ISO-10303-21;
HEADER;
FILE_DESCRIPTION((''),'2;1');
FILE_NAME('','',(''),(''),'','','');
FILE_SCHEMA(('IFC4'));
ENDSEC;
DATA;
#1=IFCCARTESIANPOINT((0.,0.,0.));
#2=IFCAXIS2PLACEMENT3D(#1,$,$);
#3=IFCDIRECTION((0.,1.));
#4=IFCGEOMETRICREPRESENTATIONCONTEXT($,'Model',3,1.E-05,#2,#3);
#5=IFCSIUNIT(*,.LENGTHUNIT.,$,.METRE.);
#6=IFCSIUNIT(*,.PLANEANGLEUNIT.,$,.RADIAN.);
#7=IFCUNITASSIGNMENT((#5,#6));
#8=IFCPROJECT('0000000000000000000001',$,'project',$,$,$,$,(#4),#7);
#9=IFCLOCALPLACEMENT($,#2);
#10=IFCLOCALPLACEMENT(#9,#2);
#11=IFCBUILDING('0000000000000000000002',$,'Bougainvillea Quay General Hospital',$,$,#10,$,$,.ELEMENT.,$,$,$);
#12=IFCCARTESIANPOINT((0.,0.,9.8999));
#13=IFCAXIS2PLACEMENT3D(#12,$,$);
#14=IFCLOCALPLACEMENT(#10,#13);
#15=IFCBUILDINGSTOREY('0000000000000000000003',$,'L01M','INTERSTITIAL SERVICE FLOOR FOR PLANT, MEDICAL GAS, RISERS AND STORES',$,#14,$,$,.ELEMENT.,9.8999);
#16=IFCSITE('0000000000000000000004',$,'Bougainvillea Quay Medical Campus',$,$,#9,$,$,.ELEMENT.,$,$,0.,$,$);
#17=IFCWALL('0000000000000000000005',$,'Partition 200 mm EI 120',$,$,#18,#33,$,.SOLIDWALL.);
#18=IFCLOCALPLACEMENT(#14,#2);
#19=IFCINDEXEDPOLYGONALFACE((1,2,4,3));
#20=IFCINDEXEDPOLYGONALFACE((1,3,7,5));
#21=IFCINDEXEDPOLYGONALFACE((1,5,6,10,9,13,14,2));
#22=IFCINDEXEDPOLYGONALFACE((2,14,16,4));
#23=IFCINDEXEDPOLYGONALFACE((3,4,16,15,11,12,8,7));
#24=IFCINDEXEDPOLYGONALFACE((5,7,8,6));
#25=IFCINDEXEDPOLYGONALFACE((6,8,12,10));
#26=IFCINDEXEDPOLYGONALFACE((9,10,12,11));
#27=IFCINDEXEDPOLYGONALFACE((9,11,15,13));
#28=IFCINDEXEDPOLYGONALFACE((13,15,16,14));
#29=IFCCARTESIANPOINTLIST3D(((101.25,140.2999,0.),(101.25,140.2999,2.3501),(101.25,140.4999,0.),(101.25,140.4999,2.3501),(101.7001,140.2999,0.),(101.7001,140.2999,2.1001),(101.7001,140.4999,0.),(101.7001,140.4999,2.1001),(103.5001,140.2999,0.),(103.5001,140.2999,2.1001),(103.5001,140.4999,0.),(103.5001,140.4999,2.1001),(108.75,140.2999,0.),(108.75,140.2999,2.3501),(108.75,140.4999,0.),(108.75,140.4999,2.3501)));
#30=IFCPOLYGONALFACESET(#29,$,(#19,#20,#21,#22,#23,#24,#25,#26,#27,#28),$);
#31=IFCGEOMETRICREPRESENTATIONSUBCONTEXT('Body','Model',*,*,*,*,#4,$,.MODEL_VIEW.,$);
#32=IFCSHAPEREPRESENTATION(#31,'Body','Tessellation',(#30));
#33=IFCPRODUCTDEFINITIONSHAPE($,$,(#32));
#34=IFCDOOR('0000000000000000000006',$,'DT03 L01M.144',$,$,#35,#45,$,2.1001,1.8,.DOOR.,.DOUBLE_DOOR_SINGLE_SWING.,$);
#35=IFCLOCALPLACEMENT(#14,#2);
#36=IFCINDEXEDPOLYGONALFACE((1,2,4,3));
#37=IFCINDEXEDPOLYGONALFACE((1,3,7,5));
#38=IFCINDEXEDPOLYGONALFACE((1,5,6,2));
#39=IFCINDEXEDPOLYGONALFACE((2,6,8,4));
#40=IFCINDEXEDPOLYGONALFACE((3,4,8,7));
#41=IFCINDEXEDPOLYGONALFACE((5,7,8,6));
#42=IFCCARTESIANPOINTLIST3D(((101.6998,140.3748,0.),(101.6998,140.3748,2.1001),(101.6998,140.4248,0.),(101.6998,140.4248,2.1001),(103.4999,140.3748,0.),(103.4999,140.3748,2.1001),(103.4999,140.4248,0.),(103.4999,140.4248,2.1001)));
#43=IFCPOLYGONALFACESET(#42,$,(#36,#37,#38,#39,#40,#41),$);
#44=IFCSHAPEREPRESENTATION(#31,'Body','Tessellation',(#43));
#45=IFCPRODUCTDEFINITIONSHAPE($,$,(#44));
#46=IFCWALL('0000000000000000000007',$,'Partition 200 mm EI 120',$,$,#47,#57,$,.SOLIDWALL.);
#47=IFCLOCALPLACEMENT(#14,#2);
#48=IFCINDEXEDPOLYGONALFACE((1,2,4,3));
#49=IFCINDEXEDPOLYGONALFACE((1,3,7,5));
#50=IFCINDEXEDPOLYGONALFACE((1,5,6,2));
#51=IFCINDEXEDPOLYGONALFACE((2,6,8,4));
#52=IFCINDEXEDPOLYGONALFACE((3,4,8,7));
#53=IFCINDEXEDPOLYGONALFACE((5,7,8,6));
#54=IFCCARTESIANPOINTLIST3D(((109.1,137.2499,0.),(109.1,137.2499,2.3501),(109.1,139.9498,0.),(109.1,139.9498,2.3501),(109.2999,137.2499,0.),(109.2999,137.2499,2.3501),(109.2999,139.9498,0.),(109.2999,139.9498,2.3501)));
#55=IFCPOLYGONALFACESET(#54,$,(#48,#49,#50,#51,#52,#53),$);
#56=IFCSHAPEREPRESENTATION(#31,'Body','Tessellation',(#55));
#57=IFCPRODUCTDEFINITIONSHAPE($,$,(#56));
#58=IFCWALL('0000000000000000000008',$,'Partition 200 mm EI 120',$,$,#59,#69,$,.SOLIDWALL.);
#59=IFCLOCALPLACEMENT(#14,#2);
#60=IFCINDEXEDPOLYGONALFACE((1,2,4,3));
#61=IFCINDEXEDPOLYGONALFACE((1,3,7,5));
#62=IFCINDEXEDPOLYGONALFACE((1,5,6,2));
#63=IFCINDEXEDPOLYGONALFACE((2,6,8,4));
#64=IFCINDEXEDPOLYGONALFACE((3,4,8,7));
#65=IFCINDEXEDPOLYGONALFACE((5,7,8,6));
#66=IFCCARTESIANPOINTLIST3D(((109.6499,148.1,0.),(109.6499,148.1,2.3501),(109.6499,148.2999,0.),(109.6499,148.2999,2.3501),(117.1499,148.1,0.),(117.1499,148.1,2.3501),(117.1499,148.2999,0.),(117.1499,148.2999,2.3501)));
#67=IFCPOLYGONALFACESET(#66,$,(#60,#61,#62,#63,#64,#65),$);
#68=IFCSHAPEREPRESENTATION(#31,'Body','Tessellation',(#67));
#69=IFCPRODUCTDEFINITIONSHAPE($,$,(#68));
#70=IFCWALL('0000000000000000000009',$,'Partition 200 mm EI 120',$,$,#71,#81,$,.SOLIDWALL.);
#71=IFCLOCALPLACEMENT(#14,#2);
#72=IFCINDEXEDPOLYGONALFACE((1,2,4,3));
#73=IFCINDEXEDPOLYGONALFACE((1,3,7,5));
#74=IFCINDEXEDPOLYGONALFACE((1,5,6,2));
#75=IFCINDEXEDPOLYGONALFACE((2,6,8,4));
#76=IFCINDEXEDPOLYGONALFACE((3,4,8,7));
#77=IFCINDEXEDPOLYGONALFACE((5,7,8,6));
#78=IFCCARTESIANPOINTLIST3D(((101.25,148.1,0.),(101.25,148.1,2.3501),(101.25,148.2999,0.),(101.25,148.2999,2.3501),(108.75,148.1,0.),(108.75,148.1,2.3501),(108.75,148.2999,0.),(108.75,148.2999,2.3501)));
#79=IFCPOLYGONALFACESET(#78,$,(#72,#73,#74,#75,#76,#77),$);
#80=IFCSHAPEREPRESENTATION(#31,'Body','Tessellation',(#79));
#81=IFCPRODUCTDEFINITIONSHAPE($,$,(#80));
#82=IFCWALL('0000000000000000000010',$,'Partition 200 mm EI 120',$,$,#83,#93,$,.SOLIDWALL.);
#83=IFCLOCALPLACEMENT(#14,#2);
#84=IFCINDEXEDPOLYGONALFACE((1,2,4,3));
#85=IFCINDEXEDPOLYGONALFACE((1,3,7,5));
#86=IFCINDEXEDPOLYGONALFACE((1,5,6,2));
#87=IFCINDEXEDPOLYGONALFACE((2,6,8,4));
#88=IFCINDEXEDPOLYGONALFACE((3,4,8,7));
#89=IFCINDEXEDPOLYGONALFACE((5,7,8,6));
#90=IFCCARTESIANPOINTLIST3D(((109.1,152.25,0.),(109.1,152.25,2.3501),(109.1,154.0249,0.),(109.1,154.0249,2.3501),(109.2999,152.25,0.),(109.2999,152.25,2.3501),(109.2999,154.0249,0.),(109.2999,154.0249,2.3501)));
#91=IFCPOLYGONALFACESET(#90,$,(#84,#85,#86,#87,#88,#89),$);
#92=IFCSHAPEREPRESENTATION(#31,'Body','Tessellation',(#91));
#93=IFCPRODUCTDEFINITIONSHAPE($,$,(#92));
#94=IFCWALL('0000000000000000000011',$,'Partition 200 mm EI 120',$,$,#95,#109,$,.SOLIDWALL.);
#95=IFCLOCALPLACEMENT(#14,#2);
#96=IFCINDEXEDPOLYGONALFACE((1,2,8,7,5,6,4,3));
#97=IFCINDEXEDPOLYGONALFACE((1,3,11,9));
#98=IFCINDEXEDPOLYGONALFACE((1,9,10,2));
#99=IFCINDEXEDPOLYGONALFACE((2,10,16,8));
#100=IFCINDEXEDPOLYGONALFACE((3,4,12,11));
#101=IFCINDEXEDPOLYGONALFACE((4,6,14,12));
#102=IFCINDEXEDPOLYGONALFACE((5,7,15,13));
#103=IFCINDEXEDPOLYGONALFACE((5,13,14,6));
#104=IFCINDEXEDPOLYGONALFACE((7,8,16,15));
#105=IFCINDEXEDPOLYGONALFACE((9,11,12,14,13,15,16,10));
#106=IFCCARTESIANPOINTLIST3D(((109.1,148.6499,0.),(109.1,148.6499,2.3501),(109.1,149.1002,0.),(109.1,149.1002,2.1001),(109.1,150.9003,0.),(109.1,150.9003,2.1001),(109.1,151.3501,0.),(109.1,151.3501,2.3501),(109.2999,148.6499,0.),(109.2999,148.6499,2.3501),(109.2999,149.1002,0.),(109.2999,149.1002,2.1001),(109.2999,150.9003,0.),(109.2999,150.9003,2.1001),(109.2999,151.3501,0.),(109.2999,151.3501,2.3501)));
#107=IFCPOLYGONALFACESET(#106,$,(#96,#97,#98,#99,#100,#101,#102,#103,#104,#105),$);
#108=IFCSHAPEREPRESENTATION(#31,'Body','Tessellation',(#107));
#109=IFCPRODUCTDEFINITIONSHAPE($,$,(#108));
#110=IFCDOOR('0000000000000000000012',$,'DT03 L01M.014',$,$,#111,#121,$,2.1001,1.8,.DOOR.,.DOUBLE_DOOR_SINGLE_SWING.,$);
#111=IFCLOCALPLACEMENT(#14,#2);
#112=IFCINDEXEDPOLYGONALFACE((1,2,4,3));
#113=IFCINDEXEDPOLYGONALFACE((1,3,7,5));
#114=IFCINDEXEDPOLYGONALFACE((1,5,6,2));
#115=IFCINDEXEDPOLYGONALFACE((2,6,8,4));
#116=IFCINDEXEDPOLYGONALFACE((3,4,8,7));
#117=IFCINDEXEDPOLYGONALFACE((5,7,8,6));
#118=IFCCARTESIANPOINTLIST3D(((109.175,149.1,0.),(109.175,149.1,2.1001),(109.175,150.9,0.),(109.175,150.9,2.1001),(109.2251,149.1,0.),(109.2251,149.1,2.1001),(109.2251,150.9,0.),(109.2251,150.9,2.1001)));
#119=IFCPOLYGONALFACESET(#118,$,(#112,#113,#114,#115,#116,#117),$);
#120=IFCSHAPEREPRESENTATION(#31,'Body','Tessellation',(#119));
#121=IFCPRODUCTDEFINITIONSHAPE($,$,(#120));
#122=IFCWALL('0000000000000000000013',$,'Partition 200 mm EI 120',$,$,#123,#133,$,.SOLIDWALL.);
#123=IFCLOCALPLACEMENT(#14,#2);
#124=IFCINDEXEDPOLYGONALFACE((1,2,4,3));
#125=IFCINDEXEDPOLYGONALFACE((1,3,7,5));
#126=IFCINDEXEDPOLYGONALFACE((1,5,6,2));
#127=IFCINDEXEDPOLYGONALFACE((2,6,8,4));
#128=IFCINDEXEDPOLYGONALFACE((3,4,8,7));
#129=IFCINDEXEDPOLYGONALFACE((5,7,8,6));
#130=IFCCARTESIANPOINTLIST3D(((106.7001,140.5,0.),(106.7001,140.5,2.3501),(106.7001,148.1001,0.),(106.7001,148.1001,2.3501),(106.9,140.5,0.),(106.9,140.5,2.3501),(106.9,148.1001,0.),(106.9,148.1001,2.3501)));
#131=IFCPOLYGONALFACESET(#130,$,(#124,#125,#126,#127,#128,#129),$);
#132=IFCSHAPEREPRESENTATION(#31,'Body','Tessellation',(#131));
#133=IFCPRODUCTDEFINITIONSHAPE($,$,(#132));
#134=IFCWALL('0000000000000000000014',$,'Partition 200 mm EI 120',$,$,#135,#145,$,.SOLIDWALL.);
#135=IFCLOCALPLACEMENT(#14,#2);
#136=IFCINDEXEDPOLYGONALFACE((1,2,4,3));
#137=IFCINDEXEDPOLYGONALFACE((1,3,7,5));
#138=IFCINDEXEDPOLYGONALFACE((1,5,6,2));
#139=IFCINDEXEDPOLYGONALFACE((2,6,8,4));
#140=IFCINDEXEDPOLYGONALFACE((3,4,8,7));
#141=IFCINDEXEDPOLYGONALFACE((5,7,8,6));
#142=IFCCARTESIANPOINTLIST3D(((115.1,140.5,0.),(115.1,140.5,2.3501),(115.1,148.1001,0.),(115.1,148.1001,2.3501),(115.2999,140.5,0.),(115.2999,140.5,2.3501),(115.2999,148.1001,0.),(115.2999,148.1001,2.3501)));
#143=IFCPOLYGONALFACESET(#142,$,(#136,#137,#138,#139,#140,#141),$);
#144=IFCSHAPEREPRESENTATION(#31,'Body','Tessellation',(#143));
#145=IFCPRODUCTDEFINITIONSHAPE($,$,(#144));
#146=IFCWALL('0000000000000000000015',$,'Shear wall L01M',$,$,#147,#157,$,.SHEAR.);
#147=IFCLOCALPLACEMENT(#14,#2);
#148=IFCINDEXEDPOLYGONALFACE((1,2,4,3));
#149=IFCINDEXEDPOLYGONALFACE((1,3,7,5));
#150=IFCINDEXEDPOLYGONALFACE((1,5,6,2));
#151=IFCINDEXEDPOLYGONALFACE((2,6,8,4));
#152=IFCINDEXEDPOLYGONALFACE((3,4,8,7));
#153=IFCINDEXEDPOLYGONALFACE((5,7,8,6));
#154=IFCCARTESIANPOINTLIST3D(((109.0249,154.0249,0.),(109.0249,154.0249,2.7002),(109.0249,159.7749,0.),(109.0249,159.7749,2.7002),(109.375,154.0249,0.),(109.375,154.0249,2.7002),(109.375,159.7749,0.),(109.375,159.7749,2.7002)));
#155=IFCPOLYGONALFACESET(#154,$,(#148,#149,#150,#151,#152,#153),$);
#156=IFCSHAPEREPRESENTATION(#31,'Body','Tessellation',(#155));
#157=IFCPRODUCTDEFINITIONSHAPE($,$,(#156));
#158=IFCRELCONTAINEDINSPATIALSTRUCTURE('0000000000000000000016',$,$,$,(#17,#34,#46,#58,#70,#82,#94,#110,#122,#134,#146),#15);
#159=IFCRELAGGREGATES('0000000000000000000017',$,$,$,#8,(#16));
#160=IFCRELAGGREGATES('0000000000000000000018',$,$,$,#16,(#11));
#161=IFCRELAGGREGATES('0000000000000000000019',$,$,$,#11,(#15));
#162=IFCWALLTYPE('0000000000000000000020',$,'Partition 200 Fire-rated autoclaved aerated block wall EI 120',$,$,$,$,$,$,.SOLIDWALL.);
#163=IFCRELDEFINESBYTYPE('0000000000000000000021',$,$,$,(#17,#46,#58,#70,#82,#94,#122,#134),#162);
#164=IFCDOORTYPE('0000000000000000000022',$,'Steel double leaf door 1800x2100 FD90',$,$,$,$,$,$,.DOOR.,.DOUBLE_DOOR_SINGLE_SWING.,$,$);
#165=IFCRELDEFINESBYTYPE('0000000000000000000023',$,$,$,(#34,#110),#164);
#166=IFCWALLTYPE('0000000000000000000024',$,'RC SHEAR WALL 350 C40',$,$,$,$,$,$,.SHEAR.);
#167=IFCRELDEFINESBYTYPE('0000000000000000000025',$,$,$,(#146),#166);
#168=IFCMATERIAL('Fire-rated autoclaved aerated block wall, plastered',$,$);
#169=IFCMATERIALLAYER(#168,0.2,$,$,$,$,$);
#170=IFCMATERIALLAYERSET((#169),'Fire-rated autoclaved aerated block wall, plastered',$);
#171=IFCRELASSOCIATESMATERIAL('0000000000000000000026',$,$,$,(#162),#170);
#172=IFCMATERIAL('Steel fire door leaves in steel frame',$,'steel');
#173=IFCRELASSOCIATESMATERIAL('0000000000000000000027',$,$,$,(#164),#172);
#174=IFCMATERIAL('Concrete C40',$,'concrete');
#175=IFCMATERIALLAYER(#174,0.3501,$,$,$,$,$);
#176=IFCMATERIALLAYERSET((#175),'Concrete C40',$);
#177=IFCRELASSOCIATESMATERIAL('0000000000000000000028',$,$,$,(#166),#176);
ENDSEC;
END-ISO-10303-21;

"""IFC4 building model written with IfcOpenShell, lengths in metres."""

from ifc_helpers import new_model, si_unit, direction, frame, frame_2d, origin, place, context, subcontext, project, spatial, rectangle, extrude, material, layer, layer_set, type_object, element, fill, save


model = new_model("IFC4")

# Units and contexts
model_context = context("Model", 3, precision=1e-05, world=origin(), true_north=direction((0.0, 1.0)))
body_context = subcontext(model_context, "Body", "Model", "MODEL_VIEW")
ifc_project = project(units=[si_unit("LENGTHUNIT", "METRE"), si_unit("PLANEANGLEUNIT", "RADIAN")], contexts=[model_context])

# Site, building, storey
site_placement = place(None, origin())
site = spatial("IfcSite", under=ifc_project, at=site_placement, Name="Bougainvillea Quay Medical Campus", CompositionType="ELEMENT", RefElevation=0.0)
building_placement = place(site_placement, origin())
building = spatial("IfcBuilding", under=site, at=building_placement, Name="Bougainvillea Quay General Hospital", CompositionType="ELEMENT")
storey_placement = place(building_placement, frame((0.0, 0.0, 9.8999)))
storey = spatial("IfcBuildingStorey", under=building, at=storey_placement, Name="L01M", Description="INTERSTITIAL SERVICE FLOOR FOR PLANT, MEDICAL GAS, RISERS AND STORES", CompositionType="ELEMENT", Elevation=9.8999)

# Wall, opening, door
ifc_material_1 = material(Name="Fire-rated autoclaved aerated block wall, plastered")
ifc_layer_1 = layer(ifc_material_1, 0.2)
ifc_layer_set_1 = layer_set([ifc_layer_1], Name="Fire-rated autoclaved aerated block wall, plastered")
wall_type_1 = type_object("IfcWallType", Name="Partition 200 Fire-rated autoclaved aerated block wall EI 120", PredefinedType="SOLIDWALL", material=ifc_layer_set_1)
ifc_material_2 = material(Name="Steel fire door leaves in steel frame", Category="steel")
door_type_1 = type_object("IfcDoorType", Name="Steel double leaf door 1800x2100 FD90", OperationType="DOUBLE_DOOR_SINGLE_SWING", PredefinedType="DOOR", material=ifc_material_2)
wall_1_placement = place(storey_placement, frame((108.75, 140.3999, 0.0), z_axis=(0.0, 0.0, 1.0), x_axis=(-1.0, 0.0, 0.0)))
wall_1 = element("IfcWall", 1, at=wall_1_placement, inside=storey, type_object=wall_type_1, Name="Partition 200 mm EI 120", PredefinedType="SOLIDWALL", context=body_context, shape_type="SweptSolid", body=[
    extrude(rectangle(XDim=7.5, YDim=0.2, at=frame_2d((3.75, 0.0))), origin(), (0.0, 0.0, 1.0), 2.3501),
])
opening_1_placement = place(wall_1_placement, frame((5.25, 0.0, 0.0)))
opening_1 = element("IfcOpeningElement", 2, at=opening_1_placement, cuts=wall_1, PredefinedType="OPENING", context=body_context, shape_type="SweptSolid", body=[
    extrude(rectangle(XDim=1.8, YDim=2.1001, at=frame_2d((0.8999, 1.05))), frame((0.0, 0.1099, 0.0), z_axis=(0.0, -1.0, 0.0), x_axis=(1.0, 0.0, 0.0)), (0.0, 0.0, 1.0), 0.22),
])
door_1_placement = place(opening_1_placement, frame((1.8, 0.0, 0.0), z_axis=(0.0, 0.0, 1.0), x_axis=(-1.0, 0.0, 0.0)))
door_1 = element("IfcDoor", 3, at=door_1_placement, inside=storey, type_object=door_type_1, Name="DT03 L01M.144", OperationType="DOUBLE_DOOR_SINGLE_SWING", OverallHeight=2.1001, OverallWidth=1.8, PredefinedType="DOOR", context=body_context, shape_type="SweptSolid", body=[
    extrude(rectangle(XDim=1.8, YDim=2.1001, at=frame_2d((0.8999, 1.05))), frame((0.0, 0.0249, 0.0), z_axis=(0.0, -1.0, 0.0), x_axis=(1.0, 0.0, 0.0)), (0.0, 0.0, 1.0), 0.05),
])
fill(opening_1, door_1)

# Walls
wall_2_placement = place(storey_placement, frame((109.2, 139.95, 0.0), z_axis=(0.0, 0.0, 1.0), x_axis=(0.0, -1.0, 0.0)))
element("IfcWall", 4, at=wall_2_placement, inside=storey, type_object=wall_type_1, Name="Partition 200 mm EI 120", PredefinedType="SOLIDWALL", context=body_context, shape_type="SweptSolid", body=[
    extrude(rectangle(XDim=2.7, YDim=0.2, at=frame_2d((1.3501, 0.0))), origin(), (0.0, 0.0, 1.0), 2.3501),
])
for number, where, z_axis, x_axis, name in (
    (5, (117.1499, 148.2, 0.0), (0.0, 0.0, 1.0), (-1.0, 0.0, 0.0), "Partition 200 mm EI 120"),
    (6, (108.75, 148.2, 0.0), (0.0, 0.0, 1.0), (-1.0, 0.0, 0.0), "Partition 200 mm EI 120"),
):
    element("IfcWall", number, at=place(storey_placement, frame(where, z_axis=z_axis, x_axis=x_axis)), inside=storey, type_object=wall_type_1, Name=name, PredefinedType="SOLIDWALL", context=body_context, shape_type="SweptSolid", body=[
        extrude(rectangle(XDim=7.5, YDim=0.2, at=frame_2d((3.75, 0.0))), origin(), (0.0, 0.0, 1.0), 2.3501),
    ])
wall_3_placement = place(storey_placement, frame((109.2, 154.0249, 0.0), z_axis=(0.0, 0.0, 1.0), x_axis=(0.0, -1.0, 0.0)))
element("IfcWall", 7, at=wall_3_placement, inside=storey, type_object=wall_type_1, Name="Partition 200 mm EI 120", PredefinedType="SOLIDWALL", context=body_context, shape_type="SweptSolid", body=[
    extrude(rectangle(XDim=1.7749, YDim=0.2, at=frame_2d((0.8875, 0.0))), origin(), (0.0, 0.0, 1.0), 2.3501),
])

# Wall, opening, door
wall_4_placement = place(storey_placement, frame((109.2, 151.3501, 0.0), z_axis=(0.0, 0.0, 1.0), x_axis=(0.0, -1.0, 0.0)))
wall_4 = element("IfcWall", 8, at=wall_4_placement, inside=storey, type_object=wall_type_1, Name="Partition 200 mm EI 120", PredefinedType="SOLIDWALL", context=body_context, shape_type="SweptSolid", body=[
    extrude(rectangle(XDim=2.7002, YDim=0.2, at=frame_2d((1.3501, 0.0))), origin(), (0.0, 0.0, 1.0), 2.3501),
])
opening_2_placement = place(wall_4_placement, frame((0.45, 0.0, 0.0)))
opening_2 = element("IfcOpeningElement", 9, at=opening_2_placement, cuts=wall_4, PredefinedType="OPENING", context=body_context, shape_type="SweptSolid", body=[
    extrude(rectangle(XDim=1.8, YDim=2.1001, at=frame_2d((0.8999, 1.05))), frame((0.0, 0.1099, 0.0), z_axis=(0.0, -1.0, 0.0), x_axis=(1.0, 0.0, 0.0)), (0.0, 0.0, 1.0), 0.22),
])
door_2_placement = place(opening_2_placement, frame((1.8, 0.0, 0.0), z_axis=(0.0, 0.0, 1.0), x_axis=(-1.0, 0.0, 0.0)))
door_2 = element("IfcDoor", 10, at=door_2_placement, inside=storey, type_object=door_type_1, Name="DT03 L01M.014", OperationType="DOUBLE_DOOR_SINGLE_SWING", OverallHeight=2.1001, OverallWidth=1.8, PredefinedType="DOOR", context=body_context, shape_type="SweptSolid", body=[
    extrude(rectangle(XDim=1.8, YDim=2.1001, at=frame_2d((0.8999, 1.05))), frame((0.0, 0.0249, 0.0), z_axis=(0.0, -1.0, 0.0), x_axis=(1.0, 0.0, 0.0)), (0.0, 0.0, 1.0), 0.05),
])
fill(opening_2, door_2)

# Walls
for number, where, z_axis, x_axis, name in (
    (11, (106.8, 140.5, 0.0), (0.0, 0.0, 1.0), (0.0, 1.0, 0.0), "Partition 200 mm EI 120"),
    (12, (115.2, 140.5, 0.0), (0.0, 0.0, 1.0), (0.0, 1.0, 0.0), "Partition 200 mm EI 120"),
):
    element("IfcWall", number, at=place(storey_placement, frame(where, z_axis=z_axis, x_axis=x_axis)), inside=storey, type_object=wall_type_1, Name=name, PredefinedType="SOLIDWALL", context=body_context, shape_type="SweptSolid", body=[
        extrude(rectangle(XDim=7.6001, YDim=0.2, at=frame_2d((3.8, 0.0))), origin(), (0.0, 0.0, 1.0), 2.3501),
    ])
ifc_material_3 = material(Name="Concrete C40", Category="concrete")
ifc_layer_2 = layer(ifc_material_3, 0.3501)
ifc_layer_set_2 = layer_set([ifc_layer_2], Name="Concrete C40")
wall_type_2 = type_object("IfcWallType", Name="RC SHEAR WALL 350 C40", PredefinedType="SHEAR", material=ifc_layer_set_2)
wall_5_placement = place(storey_placement, frame((109.2, 154.0249, 0.0), z_axis=(0.0, 0.0, 1.0), x_axis=(0.0, 1.0, 0.0)))
element("IfcWall", 13, at=wall_5_placement, inside=storey, type_object=wall_type_2, Name="Shear wall L01M", PredefinedType="SHEAR", context=body_context, shape_type="SweptSolid", body=[
    extrude(rectangle(XDim=5.75, YDim=0.3501, at=frame_2d((2.875, 0.0))), origin(), (0.0, 0.0, 1.0), 2.7002),
])

save(model, "model.ifc")
